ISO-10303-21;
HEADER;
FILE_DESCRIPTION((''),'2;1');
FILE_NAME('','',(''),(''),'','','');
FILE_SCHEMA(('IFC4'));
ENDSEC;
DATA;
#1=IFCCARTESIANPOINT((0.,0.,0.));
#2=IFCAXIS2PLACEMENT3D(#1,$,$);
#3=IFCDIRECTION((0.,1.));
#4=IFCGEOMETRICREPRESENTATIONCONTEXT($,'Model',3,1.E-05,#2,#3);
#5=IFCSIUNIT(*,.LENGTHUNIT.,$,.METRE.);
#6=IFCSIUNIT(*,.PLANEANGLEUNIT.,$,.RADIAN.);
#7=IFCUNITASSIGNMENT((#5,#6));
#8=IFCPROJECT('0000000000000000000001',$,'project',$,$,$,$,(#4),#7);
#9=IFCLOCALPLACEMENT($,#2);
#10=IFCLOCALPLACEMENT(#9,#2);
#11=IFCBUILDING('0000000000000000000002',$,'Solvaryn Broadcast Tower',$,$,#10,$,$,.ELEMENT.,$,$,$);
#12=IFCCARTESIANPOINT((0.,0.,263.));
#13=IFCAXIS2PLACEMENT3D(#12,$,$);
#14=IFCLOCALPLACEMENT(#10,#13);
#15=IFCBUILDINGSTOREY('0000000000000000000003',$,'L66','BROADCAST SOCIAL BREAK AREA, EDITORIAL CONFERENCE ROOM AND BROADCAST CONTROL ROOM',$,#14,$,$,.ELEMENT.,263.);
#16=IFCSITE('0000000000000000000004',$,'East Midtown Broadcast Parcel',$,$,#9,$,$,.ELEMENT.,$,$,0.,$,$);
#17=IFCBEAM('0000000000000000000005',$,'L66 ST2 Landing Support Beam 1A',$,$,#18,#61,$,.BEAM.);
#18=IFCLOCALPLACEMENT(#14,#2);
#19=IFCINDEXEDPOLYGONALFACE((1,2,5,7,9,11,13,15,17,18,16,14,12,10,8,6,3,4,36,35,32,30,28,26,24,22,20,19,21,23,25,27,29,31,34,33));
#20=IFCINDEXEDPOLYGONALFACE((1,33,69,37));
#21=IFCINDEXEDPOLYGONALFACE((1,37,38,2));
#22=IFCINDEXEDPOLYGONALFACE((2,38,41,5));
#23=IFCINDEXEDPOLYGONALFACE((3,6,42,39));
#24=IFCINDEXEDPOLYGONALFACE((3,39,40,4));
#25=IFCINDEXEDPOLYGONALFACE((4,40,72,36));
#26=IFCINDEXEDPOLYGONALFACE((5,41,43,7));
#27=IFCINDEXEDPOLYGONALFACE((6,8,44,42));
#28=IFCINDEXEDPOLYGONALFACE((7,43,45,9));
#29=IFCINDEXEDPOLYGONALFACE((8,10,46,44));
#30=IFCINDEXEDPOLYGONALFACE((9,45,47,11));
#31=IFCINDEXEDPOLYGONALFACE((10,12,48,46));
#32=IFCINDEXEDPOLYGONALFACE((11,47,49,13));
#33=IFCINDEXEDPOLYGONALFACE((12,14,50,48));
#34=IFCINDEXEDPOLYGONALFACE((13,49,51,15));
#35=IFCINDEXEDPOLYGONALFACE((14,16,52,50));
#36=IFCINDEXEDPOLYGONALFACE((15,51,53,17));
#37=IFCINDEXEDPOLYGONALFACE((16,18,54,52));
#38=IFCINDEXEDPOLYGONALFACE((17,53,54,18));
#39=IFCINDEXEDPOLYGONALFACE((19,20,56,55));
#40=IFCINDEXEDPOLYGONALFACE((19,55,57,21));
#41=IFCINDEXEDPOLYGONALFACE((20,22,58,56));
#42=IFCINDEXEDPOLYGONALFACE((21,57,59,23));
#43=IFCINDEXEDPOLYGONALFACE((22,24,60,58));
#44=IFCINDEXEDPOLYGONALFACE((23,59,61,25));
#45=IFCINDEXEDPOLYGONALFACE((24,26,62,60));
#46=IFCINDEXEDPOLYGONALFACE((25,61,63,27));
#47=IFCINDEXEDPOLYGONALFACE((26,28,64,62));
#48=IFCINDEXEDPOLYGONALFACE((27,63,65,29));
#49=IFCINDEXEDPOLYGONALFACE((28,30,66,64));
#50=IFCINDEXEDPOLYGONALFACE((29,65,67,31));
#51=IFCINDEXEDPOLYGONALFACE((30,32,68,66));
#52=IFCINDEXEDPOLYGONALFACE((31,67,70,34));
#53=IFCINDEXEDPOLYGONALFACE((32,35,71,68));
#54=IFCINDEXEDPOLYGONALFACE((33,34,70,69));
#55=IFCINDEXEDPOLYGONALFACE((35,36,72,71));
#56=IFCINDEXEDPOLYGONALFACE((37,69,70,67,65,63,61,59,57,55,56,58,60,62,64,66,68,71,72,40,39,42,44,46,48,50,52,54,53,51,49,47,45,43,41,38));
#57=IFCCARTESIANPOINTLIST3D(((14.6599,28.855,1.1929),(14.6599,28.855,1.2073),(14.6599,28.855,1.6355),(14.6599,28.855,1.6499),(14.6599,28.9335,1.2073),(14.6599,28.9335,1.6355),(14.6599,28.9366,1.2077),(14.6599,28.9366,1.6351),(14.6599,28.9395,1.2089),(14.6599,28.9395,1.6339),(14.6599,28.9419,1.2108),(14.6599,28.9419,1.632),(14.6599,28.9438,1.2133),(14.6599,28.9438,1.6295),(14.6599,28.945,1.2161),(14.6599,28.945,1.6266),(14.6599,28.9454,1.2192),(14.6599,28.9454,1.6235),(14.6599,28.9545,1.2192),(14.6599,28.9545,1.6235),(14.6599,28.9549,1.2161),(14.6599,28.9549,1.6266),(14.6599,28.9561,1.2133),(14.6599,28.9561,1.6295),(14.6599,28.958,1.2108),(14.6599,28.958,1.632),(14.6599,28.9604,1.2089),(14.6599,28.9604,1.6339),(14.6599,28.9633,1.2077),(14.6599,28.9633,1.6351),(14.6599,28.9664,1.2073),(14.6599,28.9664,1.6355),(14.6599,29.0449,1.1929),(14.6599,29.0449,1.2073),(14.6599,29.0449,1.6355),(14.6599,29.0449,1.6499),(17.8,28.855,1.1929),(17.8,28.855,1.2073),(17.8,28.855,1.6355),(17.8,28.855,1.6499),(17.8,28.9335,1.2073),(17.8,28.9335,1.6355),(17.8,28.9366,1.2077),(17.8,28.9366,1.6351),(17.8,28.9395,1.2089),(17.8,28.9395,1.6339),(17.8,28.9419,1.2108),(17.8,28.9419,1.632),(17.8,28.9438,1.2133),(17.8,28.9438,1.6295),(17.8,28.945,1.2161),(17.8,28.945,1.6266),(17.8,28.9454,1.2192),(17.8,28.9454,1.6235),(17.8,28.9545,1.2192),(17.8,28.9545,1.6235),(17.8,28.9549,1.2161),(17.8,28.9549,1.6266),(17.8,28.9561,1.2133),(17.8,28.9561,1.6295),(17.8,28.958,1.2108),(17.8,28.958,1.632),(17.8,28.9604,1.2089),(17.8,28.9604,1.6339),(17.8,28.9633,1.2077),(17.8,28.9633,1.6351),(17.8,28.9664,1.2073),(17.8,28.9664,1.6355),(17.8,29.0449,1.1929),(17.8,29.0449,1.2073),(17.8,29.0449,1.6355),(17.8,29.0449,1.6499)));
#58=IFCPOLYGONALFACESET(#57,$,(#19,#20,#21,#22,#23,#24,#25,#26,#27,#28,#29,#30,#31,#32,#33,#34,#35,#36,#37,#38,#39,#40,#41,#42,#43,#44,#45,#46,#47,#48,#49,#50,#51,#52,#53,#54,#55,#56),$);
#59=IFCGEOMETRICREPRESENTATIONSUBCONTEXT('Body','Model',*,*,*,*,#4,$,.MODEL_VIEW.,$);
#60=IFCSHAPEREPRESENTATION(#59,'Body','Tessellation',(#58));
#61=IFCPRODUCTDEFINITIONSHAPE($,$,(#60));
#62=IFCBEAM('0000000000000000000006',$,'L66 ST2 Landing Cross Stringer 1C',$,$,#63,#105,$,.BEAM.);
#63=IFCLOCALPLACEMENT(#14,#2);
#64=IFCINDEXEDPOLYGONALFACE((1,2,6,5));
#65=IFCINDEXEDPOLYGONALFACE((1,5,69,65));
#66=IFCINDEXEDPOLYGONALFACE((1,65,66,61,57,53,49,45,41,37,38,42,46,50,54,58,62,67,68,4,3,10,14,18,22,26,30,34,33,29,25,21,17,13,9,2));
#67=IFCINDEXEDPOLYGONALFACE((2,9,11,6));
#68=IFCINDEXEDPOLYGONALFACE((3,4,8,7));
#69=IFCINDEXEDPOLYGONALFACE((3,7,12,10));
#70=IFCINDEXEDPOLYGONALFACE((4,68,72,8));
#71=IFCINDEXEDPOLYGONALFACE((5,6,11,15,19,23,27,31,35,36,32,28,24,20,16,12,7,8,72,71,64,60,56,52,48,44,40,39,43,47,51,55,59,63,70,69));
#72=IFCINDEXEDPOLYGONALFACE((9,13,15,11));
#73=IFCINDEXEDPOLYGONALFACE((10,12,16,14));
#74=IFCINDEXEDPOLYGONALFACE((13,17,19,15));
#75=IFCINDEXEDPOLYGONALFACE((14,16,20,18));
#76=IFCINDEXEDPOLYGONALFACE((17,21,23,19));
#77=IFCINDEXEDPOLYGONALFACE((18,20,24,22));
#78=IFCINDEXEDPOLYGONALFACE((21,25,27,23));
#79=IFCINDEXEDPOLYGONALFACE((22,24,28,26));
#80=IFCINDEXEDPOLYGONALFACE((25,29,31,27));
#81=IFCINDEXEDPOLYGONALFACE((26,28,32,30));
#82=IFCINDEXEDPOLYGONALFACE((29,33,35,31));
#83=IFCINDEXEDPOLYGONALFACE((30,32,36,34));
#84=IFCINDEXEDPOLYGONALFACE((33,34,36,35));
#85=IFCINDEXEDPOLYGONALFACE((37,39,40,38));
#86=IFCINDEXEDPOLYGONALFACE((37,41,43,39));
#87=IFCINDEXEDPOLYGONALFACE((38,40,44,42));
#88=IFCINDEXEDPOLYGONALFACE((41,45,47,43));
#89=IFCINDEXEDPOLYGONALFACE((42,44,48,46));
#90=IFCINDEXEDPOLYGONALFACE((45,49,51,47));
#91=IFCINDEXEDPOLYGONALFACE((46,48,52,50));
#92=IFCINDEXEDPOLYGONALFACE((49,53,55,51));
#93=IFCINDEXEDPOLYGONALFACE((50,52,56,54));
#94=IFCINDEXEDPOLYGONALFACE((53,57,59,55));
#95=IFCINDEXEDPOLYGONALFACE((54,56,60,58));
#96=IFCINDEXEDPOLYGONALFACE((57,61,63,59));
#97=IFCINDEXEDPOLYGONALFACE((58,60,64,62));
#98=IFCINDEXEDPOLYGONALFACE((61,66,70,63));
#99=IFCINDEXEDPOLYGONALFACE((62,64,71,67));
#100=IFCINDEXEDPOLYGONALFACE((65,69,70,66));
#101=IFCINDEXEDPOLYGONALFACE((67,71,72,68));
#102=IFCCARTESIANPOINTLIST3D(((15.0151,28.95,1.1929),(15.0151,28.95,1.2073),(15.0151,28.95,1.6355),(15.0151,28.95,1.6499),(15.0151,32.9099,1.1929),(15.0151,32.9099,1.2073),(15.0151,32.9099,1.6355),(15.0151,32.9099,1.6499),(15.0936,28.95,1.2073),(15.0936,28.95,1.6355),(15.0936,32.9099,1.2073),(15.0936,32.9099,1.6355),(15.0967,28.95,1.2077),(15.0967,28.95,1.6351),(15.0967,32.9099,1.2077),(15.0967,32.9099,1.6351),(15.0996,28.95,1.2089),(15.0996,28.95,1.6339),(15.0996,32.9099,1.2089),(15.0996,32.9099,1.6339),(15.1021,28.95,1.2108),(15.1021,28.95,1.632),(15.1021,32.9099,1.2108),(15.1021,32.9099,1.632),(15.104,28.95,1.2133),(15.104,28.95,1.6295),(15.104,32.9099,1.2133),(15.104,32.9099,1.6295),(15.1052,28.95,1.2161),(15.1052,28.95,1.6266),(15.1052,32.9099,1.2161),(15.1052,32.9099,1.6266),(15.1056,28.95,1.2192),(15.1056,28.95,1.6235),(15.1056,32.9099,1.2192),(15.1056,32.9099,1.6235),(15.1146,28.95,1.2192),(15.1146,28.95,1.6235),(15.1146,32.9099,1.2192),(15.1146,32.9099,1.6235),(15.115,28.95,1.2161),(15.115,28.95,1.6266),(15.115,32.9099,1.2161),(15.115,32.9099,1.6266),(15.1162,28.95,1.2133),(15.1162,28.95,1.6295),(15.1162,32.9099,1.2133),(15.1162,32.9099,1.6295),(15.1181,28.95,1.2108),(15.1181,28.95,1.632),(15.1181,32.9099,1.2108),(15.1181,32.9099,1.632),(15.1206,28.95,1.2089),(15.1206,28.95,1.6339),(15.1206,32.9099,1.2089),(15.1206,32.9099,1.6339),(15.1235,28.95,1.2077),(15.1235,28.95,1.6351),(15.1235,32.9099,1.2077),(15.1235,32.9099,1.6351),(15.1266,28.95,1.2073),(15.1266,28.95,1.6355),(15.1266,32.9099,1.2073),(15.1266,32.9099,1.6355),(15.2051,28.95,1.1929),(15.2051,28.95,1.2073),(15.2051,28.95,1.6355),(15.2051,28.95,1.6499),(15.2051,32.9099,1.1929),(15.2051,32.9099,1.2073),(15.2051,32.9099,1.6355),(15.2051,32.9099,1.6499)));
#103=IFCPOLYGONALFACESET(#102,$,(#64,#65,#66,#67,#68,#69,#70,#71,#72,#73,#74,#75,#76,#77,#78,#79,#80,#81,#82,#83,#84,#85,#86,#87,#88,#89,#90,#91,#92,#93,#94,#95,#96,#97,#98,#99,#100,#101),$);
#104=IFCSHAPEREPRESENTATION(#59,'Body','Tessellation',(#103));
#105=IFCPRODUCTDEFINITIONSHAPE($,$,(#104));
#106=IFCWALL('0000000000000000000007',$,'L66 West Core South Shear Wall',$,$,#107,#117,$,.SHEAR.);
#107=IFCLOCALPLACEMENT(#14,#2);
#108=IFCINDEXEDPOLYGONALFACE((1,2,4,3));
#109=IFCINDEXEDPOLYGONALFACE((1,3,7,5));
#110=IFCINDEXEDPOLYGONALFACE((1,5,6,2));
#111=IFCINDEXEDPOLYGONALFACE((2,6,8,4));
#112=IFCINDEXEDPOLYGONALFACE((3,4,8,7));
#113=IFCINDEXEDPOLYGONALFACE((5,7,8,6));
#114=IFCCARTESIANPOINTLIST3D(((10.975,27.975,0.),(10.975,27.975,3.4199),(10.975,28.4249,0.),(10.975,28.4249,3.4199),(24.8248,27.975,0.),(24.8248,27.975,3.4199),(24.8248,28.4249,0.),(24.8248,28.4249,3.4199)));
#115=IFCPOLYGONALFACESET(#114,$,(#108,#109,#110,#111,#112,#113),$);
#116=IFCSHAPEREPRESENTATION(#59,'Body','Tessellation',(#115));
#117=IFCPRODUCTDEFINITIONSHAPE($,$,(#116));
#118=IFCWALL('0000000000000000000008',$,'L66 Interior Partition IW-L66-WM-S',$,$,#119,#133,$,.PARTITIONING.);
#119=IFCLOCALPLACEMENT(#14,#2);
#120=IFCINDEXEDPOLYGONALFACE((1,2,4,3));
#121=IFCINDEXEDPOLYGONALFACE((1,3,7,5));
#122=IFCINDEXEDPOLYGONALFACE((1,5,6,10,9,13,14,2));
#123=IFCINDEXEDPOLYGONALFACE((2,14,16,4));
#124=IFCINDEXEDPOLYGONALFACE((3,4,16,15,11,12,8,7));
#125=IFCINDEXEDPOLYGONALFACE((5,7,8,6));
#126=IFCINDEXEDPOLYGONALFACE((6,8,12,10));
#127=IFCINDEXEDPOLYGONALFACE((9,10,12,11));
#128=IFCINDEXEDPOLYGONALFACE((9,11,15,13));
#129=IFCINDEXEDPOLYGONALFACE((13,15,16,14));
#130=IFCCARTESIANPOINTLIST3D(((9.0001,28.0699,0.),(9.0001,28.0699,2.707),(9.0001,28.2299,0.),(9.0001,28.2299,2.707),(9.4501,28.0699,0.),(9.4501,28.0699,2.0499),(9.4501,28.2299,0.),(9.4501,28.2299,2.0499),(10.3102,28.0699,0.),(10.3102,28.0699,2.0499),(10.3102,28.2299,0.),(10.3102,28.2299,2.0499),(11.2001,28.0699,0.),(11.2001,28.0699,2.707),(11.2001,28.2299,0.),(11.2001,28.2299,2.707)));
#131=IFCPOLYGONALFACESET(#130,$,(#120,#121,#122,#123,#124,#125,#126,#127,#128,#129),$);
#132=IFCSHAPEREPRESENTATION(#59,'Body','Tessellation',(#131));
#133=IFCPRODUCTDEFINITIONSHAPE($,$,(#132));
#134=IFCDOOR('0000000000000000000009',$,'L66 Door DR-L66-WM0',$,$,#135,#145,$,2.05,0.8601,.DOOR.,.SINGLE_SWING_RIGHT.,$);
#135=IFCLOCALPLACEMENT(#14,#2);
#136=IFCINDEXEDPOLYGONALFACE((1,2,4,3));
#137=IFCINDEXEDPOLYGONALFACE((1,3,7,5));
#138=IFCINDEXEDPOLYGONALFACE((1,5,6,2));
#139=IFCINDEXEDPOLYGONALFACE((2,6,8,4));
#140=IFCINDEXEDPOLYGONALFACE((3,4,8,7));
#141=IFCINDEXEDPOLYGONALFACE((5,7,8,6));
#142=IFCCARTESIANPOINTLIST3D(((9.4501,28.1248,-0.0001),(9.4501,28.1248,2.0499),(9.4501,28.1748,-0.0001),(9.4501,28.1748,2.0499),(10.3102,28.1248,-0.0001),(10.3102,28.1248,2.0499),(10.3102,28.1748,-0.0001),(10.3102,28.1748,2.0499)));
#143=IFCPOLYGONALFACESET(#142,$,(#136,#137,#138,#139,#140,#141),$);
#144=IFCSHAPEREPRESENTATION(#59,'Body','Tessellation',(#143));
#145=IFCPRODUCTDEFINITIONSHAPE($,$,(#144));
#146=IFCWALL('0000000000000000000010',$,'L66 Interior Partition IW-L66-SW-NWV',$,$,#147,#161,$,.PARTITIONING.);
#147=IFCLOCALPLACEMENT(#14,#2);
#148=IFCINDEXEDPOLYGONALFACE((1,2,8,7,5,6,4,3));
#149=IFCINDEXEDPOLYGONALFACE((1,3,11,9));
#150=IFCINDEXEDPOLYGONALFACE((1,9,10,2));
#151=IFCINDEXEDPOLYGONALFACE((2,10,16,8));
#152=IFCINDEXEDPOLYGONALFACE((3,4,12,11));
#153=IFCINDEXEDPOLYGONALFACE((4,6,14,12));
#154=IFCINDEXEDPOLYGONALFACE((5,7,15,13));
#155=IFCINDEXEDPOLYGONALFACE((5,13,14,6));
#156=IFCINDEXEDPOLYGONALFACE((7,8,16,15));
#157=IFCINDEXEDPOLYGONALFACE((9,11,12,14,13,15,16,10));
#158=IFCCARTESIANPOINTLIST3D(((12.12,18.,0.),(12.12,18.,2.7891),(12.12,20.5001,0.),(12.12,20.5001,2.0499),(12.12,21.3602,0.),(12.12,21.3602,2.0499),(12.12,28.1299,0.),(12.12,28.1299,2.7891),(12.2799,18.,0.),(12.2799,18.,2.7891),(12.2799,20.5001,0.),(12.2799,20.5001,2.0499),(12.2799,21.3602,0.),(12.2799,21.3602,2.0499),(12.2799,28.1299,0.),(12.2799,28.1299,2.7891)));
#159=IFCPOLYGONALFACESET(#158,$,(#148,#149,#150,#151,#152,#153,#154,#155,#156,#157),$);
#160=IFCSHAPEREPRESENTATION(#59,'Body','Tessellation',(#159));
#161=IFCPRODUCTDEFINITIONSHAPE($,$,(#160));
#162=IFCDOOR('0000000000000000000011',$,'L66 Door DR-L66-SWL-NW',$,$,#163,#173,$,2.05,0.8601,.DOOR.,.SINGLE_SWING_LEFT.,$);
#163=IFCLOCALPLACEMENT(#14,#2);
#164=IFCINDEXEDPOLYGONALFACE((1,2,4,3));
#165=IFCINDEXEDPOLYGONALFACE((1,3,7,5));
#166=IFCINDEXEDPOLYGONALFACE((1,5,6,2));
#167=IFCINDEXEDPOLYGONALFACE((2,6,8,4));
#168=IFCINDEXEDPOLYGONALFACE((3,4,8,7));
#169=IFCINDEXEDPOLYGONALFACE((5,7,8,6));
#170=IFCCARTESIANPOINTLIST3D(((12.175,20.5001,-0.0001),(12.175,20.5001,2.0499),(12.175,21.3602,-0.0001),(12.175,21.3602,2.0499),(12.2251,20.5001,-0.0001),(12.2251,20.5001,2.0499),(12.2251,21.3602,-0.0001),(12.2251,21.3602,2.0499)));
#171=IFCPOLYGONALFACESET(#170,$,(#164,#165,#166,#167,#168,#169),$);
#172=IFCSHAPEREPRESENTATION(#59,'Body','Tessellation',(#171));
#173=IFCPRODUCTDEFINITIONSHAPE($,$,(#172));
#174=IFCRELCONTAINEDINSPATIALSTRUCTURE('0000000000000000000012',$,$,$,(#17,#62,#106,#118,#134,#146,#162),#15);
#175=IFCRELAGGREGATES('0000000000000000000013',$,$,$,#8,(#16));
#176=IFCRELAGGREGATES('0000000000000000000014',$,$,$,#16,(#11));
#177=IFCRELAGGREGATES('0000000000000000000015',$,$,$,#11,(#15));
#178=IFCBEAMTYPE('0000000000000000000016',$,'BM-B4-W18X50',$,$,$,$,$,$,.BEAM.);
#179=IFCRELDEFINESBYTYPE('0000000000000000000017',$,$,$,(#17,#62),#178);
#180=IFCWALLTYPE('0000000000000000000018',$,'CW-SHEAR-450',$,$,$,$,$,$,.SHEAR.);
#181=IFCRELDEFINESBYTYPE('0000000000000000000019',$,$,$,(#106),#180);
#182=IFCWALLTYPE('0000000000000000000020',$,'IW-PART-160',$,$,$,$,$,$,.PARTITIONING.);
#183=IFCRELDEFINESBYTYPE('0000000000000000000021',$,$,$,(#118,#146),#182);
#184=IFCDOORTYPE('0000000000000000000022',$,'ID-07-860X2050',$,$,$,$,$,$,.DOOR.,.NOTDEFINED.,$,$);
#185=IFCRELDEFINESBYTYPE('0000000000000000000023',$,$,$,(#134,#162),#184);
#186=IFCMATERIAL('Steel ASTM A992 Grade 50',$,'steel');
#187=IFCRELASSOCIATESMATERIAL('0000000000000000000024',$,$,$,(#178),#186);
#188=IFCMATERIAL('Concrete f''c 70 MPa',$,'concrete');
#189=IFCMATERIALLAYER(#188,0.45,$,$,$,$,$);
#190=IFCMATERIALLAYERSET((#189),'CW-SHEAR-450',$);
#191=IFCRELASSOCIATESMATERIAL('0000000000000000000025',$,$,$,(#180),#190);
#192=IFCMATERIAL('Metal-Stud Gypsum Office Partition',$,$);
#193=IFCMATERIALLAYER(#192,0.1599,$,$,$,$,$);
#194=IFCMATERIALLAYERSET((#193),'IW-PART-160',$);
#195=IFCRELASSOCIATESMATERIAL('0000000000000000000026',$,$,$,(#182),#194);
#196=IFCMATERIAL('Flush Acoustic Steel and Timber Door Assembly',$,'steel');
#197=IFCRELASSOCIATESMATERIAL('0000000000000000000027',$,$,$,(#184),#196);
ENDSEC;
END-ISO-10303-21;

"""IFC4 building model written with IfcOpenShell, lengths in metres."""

from ifc_helpers import new_model, si_unit, direction, frame, frame_2d, origin, origin_2d, place, context, subcontext, project, spatial, rectangle, i_section, extrude, material, layer, layer_set, material_profile, profile_set, type_object, element, fill, save


model = new_model("IFC4")

# Units and contexts
model_context = context("Model", 3, precision=1e-05, world=origin(), true_north=direction((0.0, 1.0)))
body_context = subcontext(model_context, "Body", "Model", "MODEL_VIEW")
ifc_project = project(units=[si_unit("LENGTHUNIT", "METRE"), si_unit("PLANEANGLEUNIT", "RADIAN")], contexts=[model_context])

# Site, building, storey
site_placement = place(None, origin())
site = spatial("IfcSite", under=ifc_project, at=site_placement, Name="East Midtown Broadcast Parcel", CompositionType="ELEMENT", RefElevation=0.0)
building_placement = place(site_placement, origin())
building = spatial("IfcBuilding", under=site, at=building_placement, Name="Solvaryn Broadcast Tower", CompositionType="ELEMENT")
storey_placement = place(building_placement, frame((0.0, 0.0, 263.0)))
storey = spatial("IfcBuildingStorey", under=building, at=storey_placement, Name="L66", Description="BROADCAST SOCIAL BREAK AREA, EDITORIAL CONFERENCE ROOM AND BROADCAST CONTROL ROOM", CompositionType="ELEMENT", Elevation=263.0)

# Beams
ifc_material_1 = material(Name="Steel ASTM A992 Grade 50", Category="steel")
ifc_material_profile_1 = material_profile(ifc_material_1, i_section(OverallWidth=0.1899, OverallDepth=0.457, WebThickness=0.009, FlangeThickness=0.0144, FilletRadius=0.012, at=origin_2d()))
ifc_profile_set_1 = profile_set([ifc_material_profile_1], Name="Steel ASTM A992 Grade 50")
beam_type_1 = type_object("IfcBeamType", Name="BM-B4-W18X50", PredefinedType="BEAM", material=ifc_profile_set_1)
beam_1_placement = place(storey_placement, frame((14.6599, 28.95, 1.4214), z_axis=(1.0, 0.0, 0.0), x_axis=(0.0, 1.0, 0.0)))
element("IfcBeam", 1, at=beam_1_placement, inside=storey, type_object=beam_type_1, Name="L66 ST2 Landing Support Beam 1A", PredefinedType="BEAM", context=body_context, shape_type="SweptSolid", body=[
    extrude(i_section(OverallWidth=0.1899, OverallDepth=0.457, WebThickness=0.009, FlangeThickness=0.0144, FilletRadius=0.012, at=origin_2d()), origin(), (0.0, 0.0, 1.0), 3.1401),
])
beam_2_placement = place(storey_placement, frame((15.1101, 28.95, 1.4214), z_axis=(0.0, 1.0, 0.0), x_axis=(-1.0, 0.0, 0.0)))
element("IfcBeam", 2, at=beam_2_placement, inside=storey, type_object=beam_type_1, Name="L66 ST2 Landing Cross Stringer 1C", PredefinedType="BEAM", context=body_context, shape_type="SweptSolid", body=[
    extrude(i_section(OverallWidth=0.1899, OverallDepth=0.457, WebThickness=0.009, FlangeThickness=0.0144, FilletRadius=0.012, at=origin_2d()), origin(), (0.0, 0.0, 1.0), 3.96),
])

# Wall
ifc_material_2 = material(Name="Concrete f'c 70 MPa", Category="concrete")
ifc_layer_1 = layer(ifc_material_2, 0.45)
ifc_layer_set_1 = layer_set([ifc_layer_1], Name="CW-SHEAR-450")
wall_type_1 = type_object("IfcWallType", Name="CW-SHEAR-450", PredefinedType="SHEAR", material=ifc_layer_set_1)
wall_1_placement = place(storey_placement, frame((10.9751, 28.2, 0.0), z_axis=(0.0, 0.0, 1.0), x_axis=(1.0, 0.0, 0.0)))
element("IfcWall", 3, at=wall_1_placement, inside=storey, type_object=wall_type_1, Name="L66 West Core South Shear Wall", PredefinedType="SHEAR", context=body_context, shape_type="SweptSolid", body=[
    extrude(rectangle(XDim=13.8499, YDim=0.45, at=frame_2d((6.9248, 0.0))), origin(), (0.0, 0.0, 1.0), 3.4199),
])

# Walls, openings, doors
ifc_material_3 = material(Name="Metal-Stud Gypsum Office Partition")
ifc_layer_2 = layer(ifc_material_3, 0.1599)
ifc_layer_set_2 = layer_set([ifc_layer_2], Name="IW-PART-160")
wall_type_2 = type_object("IfcWallType", Name="IW-PART-160", PredefinedType="PARTITIONING", material=ifc_layer_set_2)
wall_2_placement = place(storey_placement, frame((9.0, 28.1499, 0.0), z_axis=(0.0, 0.0, 1.0), x_axis=(1.0, 0.0, 0.0)))
wall_2 = element("IfcWall", 4, at=wall_2_placement, inside=storey, type_object=wall_type_2, Name="L66 Interior Partition IW-L66-WM-S", PredefinedType="PARTITIONING", context=body_context, shape_type="SweptSolid", body=[
    extrude(rectangle(XDim=2.2, YDim=0.1599, at=frame_2d((1.1001, 0.0))), origin(), (0.0, 0.0, 1.0), 2.707),
])
opening_1_placement = place(wall_2_placement, frame((0.45, 0.0, 0.0)))
opening_1 = element("IfcOpeningElement", 5, at=opening_1_placement, cuts=wall_2, PredefinedType="OPENING", context=body_context, shape_type="SweptSolid", body=[
    extrude(rectangle(XDim=0.8601, YDim=2.05, at=frame_2d((0.4302, 1.0249))), frame((0.0, 0.0901, 0.0), z_axis=(0.0, -1.0, 0.0), x_axis=(1.0, 0.0, 0.0)), (0.0, 0.0, 1.0), 0.1799),
])
ifc_material_4 = material(Name="Flush Acoustic Steel and Timber Door Assembly", Category="steel")
door_type = type_object("IfcDoorType", Name="ID-07-860X2050", OperationType="NOTDEFINED", PredefinedType="DOOR", material=ifc_material_4)
door_1_placement = place(opening_1_placement, origin())
door_1 = element("IfcDoor", 6, at=door_1_placement, inside=storey, type_object=door_type, Name="L66 Door DR-L66-WM0", OperationType="SINGLE_SWING_RIGHT", OverallHeight=2.05, OverallWidth=0.8601, PredefinedType="DOOR", context=body_context, shape_type="SweptSolid", body=[
    extrude(rectangle(XDim=0.8601, YDim=2.05, at=frame_2d((0.4302, 1.0249))), frame((0.0, 0.0249, 0.0), z_axis=(0.0, -1.0, 0.0), x_axis=(1.0, 0.0, 0.0)), (0.0, 0.0, 1.0), 0.05),
])
fill(opening_1, door_1)
wall_3_placement = place(storey_placement, frame((12.2, 18.0, 0.0), z_axis=(0.0, 0.0, 1.0), x_axis=(0.0, 1.0, 0.0)))
wall_3 = element("IfcWall", 7, at=wall_3_placement, inside=storey, type_object=wall_type_2, Name="L66 Interior Partition IW-L66-SW-NWV", PredefinedType="PARTITIONING", context=body_context, shape_type="SweptSolid", body=[
    extrude(rectangle(XDim=10.1299, YDim=0.1599, at=frame_2d((5.0649, 0.0))), origin(), (0.0, 0.0, 1.0), 2.7891),
])
opening_2_placement = place(wall_3_placement, frame((2.5, 0.0, 0.0)))
opening_2 = element("IfcOpeningElement", 8, at=opening_2_placement, cuts=wall_3, PredefinedType="OPENING", context=body_context, shape_type="SweptSolid", body=[
    extrude(rectangle(XDim=0.8601, YDim=2.05, at=frame_2d((0.4302, 1.0249))), frame((0.0, 0.0901, 0.0), z_axis=(0.0, -1.0, 0.0), x_axis=(1.0, 0.0, 0.0)), (0.0, 0.0, 1.0), 0.1799),
])
door_2_placement = place(opening_2_placement, origin())
door_2 = element("IfcDoor", 9, at=door_2_placement, inside=storey, type_object=door_type, Name="L66 Door DR-L66-SWL-NW", OperationType="SINGLE_SWING_LEFT", OverallHeight=2.05, OverallWidth=0.8601, PredefinedType="DOOR", context=body_context, shape_type="SweptSolid", body=[
    extrude(rectangle(XDim=0.8601, YDim=2.05, at=frame_2d((0.4302, 1.0249))), frame((0.0, 0.0249, 0.0), z_axis=(0.0, -1.0, 0.0), x_axis=(1.0, 0.0, 0.0)), (0.0, 0.0, 1.0), 0.05),
])
fill(opening_2, door_2)

save(model, "model.ifc")
